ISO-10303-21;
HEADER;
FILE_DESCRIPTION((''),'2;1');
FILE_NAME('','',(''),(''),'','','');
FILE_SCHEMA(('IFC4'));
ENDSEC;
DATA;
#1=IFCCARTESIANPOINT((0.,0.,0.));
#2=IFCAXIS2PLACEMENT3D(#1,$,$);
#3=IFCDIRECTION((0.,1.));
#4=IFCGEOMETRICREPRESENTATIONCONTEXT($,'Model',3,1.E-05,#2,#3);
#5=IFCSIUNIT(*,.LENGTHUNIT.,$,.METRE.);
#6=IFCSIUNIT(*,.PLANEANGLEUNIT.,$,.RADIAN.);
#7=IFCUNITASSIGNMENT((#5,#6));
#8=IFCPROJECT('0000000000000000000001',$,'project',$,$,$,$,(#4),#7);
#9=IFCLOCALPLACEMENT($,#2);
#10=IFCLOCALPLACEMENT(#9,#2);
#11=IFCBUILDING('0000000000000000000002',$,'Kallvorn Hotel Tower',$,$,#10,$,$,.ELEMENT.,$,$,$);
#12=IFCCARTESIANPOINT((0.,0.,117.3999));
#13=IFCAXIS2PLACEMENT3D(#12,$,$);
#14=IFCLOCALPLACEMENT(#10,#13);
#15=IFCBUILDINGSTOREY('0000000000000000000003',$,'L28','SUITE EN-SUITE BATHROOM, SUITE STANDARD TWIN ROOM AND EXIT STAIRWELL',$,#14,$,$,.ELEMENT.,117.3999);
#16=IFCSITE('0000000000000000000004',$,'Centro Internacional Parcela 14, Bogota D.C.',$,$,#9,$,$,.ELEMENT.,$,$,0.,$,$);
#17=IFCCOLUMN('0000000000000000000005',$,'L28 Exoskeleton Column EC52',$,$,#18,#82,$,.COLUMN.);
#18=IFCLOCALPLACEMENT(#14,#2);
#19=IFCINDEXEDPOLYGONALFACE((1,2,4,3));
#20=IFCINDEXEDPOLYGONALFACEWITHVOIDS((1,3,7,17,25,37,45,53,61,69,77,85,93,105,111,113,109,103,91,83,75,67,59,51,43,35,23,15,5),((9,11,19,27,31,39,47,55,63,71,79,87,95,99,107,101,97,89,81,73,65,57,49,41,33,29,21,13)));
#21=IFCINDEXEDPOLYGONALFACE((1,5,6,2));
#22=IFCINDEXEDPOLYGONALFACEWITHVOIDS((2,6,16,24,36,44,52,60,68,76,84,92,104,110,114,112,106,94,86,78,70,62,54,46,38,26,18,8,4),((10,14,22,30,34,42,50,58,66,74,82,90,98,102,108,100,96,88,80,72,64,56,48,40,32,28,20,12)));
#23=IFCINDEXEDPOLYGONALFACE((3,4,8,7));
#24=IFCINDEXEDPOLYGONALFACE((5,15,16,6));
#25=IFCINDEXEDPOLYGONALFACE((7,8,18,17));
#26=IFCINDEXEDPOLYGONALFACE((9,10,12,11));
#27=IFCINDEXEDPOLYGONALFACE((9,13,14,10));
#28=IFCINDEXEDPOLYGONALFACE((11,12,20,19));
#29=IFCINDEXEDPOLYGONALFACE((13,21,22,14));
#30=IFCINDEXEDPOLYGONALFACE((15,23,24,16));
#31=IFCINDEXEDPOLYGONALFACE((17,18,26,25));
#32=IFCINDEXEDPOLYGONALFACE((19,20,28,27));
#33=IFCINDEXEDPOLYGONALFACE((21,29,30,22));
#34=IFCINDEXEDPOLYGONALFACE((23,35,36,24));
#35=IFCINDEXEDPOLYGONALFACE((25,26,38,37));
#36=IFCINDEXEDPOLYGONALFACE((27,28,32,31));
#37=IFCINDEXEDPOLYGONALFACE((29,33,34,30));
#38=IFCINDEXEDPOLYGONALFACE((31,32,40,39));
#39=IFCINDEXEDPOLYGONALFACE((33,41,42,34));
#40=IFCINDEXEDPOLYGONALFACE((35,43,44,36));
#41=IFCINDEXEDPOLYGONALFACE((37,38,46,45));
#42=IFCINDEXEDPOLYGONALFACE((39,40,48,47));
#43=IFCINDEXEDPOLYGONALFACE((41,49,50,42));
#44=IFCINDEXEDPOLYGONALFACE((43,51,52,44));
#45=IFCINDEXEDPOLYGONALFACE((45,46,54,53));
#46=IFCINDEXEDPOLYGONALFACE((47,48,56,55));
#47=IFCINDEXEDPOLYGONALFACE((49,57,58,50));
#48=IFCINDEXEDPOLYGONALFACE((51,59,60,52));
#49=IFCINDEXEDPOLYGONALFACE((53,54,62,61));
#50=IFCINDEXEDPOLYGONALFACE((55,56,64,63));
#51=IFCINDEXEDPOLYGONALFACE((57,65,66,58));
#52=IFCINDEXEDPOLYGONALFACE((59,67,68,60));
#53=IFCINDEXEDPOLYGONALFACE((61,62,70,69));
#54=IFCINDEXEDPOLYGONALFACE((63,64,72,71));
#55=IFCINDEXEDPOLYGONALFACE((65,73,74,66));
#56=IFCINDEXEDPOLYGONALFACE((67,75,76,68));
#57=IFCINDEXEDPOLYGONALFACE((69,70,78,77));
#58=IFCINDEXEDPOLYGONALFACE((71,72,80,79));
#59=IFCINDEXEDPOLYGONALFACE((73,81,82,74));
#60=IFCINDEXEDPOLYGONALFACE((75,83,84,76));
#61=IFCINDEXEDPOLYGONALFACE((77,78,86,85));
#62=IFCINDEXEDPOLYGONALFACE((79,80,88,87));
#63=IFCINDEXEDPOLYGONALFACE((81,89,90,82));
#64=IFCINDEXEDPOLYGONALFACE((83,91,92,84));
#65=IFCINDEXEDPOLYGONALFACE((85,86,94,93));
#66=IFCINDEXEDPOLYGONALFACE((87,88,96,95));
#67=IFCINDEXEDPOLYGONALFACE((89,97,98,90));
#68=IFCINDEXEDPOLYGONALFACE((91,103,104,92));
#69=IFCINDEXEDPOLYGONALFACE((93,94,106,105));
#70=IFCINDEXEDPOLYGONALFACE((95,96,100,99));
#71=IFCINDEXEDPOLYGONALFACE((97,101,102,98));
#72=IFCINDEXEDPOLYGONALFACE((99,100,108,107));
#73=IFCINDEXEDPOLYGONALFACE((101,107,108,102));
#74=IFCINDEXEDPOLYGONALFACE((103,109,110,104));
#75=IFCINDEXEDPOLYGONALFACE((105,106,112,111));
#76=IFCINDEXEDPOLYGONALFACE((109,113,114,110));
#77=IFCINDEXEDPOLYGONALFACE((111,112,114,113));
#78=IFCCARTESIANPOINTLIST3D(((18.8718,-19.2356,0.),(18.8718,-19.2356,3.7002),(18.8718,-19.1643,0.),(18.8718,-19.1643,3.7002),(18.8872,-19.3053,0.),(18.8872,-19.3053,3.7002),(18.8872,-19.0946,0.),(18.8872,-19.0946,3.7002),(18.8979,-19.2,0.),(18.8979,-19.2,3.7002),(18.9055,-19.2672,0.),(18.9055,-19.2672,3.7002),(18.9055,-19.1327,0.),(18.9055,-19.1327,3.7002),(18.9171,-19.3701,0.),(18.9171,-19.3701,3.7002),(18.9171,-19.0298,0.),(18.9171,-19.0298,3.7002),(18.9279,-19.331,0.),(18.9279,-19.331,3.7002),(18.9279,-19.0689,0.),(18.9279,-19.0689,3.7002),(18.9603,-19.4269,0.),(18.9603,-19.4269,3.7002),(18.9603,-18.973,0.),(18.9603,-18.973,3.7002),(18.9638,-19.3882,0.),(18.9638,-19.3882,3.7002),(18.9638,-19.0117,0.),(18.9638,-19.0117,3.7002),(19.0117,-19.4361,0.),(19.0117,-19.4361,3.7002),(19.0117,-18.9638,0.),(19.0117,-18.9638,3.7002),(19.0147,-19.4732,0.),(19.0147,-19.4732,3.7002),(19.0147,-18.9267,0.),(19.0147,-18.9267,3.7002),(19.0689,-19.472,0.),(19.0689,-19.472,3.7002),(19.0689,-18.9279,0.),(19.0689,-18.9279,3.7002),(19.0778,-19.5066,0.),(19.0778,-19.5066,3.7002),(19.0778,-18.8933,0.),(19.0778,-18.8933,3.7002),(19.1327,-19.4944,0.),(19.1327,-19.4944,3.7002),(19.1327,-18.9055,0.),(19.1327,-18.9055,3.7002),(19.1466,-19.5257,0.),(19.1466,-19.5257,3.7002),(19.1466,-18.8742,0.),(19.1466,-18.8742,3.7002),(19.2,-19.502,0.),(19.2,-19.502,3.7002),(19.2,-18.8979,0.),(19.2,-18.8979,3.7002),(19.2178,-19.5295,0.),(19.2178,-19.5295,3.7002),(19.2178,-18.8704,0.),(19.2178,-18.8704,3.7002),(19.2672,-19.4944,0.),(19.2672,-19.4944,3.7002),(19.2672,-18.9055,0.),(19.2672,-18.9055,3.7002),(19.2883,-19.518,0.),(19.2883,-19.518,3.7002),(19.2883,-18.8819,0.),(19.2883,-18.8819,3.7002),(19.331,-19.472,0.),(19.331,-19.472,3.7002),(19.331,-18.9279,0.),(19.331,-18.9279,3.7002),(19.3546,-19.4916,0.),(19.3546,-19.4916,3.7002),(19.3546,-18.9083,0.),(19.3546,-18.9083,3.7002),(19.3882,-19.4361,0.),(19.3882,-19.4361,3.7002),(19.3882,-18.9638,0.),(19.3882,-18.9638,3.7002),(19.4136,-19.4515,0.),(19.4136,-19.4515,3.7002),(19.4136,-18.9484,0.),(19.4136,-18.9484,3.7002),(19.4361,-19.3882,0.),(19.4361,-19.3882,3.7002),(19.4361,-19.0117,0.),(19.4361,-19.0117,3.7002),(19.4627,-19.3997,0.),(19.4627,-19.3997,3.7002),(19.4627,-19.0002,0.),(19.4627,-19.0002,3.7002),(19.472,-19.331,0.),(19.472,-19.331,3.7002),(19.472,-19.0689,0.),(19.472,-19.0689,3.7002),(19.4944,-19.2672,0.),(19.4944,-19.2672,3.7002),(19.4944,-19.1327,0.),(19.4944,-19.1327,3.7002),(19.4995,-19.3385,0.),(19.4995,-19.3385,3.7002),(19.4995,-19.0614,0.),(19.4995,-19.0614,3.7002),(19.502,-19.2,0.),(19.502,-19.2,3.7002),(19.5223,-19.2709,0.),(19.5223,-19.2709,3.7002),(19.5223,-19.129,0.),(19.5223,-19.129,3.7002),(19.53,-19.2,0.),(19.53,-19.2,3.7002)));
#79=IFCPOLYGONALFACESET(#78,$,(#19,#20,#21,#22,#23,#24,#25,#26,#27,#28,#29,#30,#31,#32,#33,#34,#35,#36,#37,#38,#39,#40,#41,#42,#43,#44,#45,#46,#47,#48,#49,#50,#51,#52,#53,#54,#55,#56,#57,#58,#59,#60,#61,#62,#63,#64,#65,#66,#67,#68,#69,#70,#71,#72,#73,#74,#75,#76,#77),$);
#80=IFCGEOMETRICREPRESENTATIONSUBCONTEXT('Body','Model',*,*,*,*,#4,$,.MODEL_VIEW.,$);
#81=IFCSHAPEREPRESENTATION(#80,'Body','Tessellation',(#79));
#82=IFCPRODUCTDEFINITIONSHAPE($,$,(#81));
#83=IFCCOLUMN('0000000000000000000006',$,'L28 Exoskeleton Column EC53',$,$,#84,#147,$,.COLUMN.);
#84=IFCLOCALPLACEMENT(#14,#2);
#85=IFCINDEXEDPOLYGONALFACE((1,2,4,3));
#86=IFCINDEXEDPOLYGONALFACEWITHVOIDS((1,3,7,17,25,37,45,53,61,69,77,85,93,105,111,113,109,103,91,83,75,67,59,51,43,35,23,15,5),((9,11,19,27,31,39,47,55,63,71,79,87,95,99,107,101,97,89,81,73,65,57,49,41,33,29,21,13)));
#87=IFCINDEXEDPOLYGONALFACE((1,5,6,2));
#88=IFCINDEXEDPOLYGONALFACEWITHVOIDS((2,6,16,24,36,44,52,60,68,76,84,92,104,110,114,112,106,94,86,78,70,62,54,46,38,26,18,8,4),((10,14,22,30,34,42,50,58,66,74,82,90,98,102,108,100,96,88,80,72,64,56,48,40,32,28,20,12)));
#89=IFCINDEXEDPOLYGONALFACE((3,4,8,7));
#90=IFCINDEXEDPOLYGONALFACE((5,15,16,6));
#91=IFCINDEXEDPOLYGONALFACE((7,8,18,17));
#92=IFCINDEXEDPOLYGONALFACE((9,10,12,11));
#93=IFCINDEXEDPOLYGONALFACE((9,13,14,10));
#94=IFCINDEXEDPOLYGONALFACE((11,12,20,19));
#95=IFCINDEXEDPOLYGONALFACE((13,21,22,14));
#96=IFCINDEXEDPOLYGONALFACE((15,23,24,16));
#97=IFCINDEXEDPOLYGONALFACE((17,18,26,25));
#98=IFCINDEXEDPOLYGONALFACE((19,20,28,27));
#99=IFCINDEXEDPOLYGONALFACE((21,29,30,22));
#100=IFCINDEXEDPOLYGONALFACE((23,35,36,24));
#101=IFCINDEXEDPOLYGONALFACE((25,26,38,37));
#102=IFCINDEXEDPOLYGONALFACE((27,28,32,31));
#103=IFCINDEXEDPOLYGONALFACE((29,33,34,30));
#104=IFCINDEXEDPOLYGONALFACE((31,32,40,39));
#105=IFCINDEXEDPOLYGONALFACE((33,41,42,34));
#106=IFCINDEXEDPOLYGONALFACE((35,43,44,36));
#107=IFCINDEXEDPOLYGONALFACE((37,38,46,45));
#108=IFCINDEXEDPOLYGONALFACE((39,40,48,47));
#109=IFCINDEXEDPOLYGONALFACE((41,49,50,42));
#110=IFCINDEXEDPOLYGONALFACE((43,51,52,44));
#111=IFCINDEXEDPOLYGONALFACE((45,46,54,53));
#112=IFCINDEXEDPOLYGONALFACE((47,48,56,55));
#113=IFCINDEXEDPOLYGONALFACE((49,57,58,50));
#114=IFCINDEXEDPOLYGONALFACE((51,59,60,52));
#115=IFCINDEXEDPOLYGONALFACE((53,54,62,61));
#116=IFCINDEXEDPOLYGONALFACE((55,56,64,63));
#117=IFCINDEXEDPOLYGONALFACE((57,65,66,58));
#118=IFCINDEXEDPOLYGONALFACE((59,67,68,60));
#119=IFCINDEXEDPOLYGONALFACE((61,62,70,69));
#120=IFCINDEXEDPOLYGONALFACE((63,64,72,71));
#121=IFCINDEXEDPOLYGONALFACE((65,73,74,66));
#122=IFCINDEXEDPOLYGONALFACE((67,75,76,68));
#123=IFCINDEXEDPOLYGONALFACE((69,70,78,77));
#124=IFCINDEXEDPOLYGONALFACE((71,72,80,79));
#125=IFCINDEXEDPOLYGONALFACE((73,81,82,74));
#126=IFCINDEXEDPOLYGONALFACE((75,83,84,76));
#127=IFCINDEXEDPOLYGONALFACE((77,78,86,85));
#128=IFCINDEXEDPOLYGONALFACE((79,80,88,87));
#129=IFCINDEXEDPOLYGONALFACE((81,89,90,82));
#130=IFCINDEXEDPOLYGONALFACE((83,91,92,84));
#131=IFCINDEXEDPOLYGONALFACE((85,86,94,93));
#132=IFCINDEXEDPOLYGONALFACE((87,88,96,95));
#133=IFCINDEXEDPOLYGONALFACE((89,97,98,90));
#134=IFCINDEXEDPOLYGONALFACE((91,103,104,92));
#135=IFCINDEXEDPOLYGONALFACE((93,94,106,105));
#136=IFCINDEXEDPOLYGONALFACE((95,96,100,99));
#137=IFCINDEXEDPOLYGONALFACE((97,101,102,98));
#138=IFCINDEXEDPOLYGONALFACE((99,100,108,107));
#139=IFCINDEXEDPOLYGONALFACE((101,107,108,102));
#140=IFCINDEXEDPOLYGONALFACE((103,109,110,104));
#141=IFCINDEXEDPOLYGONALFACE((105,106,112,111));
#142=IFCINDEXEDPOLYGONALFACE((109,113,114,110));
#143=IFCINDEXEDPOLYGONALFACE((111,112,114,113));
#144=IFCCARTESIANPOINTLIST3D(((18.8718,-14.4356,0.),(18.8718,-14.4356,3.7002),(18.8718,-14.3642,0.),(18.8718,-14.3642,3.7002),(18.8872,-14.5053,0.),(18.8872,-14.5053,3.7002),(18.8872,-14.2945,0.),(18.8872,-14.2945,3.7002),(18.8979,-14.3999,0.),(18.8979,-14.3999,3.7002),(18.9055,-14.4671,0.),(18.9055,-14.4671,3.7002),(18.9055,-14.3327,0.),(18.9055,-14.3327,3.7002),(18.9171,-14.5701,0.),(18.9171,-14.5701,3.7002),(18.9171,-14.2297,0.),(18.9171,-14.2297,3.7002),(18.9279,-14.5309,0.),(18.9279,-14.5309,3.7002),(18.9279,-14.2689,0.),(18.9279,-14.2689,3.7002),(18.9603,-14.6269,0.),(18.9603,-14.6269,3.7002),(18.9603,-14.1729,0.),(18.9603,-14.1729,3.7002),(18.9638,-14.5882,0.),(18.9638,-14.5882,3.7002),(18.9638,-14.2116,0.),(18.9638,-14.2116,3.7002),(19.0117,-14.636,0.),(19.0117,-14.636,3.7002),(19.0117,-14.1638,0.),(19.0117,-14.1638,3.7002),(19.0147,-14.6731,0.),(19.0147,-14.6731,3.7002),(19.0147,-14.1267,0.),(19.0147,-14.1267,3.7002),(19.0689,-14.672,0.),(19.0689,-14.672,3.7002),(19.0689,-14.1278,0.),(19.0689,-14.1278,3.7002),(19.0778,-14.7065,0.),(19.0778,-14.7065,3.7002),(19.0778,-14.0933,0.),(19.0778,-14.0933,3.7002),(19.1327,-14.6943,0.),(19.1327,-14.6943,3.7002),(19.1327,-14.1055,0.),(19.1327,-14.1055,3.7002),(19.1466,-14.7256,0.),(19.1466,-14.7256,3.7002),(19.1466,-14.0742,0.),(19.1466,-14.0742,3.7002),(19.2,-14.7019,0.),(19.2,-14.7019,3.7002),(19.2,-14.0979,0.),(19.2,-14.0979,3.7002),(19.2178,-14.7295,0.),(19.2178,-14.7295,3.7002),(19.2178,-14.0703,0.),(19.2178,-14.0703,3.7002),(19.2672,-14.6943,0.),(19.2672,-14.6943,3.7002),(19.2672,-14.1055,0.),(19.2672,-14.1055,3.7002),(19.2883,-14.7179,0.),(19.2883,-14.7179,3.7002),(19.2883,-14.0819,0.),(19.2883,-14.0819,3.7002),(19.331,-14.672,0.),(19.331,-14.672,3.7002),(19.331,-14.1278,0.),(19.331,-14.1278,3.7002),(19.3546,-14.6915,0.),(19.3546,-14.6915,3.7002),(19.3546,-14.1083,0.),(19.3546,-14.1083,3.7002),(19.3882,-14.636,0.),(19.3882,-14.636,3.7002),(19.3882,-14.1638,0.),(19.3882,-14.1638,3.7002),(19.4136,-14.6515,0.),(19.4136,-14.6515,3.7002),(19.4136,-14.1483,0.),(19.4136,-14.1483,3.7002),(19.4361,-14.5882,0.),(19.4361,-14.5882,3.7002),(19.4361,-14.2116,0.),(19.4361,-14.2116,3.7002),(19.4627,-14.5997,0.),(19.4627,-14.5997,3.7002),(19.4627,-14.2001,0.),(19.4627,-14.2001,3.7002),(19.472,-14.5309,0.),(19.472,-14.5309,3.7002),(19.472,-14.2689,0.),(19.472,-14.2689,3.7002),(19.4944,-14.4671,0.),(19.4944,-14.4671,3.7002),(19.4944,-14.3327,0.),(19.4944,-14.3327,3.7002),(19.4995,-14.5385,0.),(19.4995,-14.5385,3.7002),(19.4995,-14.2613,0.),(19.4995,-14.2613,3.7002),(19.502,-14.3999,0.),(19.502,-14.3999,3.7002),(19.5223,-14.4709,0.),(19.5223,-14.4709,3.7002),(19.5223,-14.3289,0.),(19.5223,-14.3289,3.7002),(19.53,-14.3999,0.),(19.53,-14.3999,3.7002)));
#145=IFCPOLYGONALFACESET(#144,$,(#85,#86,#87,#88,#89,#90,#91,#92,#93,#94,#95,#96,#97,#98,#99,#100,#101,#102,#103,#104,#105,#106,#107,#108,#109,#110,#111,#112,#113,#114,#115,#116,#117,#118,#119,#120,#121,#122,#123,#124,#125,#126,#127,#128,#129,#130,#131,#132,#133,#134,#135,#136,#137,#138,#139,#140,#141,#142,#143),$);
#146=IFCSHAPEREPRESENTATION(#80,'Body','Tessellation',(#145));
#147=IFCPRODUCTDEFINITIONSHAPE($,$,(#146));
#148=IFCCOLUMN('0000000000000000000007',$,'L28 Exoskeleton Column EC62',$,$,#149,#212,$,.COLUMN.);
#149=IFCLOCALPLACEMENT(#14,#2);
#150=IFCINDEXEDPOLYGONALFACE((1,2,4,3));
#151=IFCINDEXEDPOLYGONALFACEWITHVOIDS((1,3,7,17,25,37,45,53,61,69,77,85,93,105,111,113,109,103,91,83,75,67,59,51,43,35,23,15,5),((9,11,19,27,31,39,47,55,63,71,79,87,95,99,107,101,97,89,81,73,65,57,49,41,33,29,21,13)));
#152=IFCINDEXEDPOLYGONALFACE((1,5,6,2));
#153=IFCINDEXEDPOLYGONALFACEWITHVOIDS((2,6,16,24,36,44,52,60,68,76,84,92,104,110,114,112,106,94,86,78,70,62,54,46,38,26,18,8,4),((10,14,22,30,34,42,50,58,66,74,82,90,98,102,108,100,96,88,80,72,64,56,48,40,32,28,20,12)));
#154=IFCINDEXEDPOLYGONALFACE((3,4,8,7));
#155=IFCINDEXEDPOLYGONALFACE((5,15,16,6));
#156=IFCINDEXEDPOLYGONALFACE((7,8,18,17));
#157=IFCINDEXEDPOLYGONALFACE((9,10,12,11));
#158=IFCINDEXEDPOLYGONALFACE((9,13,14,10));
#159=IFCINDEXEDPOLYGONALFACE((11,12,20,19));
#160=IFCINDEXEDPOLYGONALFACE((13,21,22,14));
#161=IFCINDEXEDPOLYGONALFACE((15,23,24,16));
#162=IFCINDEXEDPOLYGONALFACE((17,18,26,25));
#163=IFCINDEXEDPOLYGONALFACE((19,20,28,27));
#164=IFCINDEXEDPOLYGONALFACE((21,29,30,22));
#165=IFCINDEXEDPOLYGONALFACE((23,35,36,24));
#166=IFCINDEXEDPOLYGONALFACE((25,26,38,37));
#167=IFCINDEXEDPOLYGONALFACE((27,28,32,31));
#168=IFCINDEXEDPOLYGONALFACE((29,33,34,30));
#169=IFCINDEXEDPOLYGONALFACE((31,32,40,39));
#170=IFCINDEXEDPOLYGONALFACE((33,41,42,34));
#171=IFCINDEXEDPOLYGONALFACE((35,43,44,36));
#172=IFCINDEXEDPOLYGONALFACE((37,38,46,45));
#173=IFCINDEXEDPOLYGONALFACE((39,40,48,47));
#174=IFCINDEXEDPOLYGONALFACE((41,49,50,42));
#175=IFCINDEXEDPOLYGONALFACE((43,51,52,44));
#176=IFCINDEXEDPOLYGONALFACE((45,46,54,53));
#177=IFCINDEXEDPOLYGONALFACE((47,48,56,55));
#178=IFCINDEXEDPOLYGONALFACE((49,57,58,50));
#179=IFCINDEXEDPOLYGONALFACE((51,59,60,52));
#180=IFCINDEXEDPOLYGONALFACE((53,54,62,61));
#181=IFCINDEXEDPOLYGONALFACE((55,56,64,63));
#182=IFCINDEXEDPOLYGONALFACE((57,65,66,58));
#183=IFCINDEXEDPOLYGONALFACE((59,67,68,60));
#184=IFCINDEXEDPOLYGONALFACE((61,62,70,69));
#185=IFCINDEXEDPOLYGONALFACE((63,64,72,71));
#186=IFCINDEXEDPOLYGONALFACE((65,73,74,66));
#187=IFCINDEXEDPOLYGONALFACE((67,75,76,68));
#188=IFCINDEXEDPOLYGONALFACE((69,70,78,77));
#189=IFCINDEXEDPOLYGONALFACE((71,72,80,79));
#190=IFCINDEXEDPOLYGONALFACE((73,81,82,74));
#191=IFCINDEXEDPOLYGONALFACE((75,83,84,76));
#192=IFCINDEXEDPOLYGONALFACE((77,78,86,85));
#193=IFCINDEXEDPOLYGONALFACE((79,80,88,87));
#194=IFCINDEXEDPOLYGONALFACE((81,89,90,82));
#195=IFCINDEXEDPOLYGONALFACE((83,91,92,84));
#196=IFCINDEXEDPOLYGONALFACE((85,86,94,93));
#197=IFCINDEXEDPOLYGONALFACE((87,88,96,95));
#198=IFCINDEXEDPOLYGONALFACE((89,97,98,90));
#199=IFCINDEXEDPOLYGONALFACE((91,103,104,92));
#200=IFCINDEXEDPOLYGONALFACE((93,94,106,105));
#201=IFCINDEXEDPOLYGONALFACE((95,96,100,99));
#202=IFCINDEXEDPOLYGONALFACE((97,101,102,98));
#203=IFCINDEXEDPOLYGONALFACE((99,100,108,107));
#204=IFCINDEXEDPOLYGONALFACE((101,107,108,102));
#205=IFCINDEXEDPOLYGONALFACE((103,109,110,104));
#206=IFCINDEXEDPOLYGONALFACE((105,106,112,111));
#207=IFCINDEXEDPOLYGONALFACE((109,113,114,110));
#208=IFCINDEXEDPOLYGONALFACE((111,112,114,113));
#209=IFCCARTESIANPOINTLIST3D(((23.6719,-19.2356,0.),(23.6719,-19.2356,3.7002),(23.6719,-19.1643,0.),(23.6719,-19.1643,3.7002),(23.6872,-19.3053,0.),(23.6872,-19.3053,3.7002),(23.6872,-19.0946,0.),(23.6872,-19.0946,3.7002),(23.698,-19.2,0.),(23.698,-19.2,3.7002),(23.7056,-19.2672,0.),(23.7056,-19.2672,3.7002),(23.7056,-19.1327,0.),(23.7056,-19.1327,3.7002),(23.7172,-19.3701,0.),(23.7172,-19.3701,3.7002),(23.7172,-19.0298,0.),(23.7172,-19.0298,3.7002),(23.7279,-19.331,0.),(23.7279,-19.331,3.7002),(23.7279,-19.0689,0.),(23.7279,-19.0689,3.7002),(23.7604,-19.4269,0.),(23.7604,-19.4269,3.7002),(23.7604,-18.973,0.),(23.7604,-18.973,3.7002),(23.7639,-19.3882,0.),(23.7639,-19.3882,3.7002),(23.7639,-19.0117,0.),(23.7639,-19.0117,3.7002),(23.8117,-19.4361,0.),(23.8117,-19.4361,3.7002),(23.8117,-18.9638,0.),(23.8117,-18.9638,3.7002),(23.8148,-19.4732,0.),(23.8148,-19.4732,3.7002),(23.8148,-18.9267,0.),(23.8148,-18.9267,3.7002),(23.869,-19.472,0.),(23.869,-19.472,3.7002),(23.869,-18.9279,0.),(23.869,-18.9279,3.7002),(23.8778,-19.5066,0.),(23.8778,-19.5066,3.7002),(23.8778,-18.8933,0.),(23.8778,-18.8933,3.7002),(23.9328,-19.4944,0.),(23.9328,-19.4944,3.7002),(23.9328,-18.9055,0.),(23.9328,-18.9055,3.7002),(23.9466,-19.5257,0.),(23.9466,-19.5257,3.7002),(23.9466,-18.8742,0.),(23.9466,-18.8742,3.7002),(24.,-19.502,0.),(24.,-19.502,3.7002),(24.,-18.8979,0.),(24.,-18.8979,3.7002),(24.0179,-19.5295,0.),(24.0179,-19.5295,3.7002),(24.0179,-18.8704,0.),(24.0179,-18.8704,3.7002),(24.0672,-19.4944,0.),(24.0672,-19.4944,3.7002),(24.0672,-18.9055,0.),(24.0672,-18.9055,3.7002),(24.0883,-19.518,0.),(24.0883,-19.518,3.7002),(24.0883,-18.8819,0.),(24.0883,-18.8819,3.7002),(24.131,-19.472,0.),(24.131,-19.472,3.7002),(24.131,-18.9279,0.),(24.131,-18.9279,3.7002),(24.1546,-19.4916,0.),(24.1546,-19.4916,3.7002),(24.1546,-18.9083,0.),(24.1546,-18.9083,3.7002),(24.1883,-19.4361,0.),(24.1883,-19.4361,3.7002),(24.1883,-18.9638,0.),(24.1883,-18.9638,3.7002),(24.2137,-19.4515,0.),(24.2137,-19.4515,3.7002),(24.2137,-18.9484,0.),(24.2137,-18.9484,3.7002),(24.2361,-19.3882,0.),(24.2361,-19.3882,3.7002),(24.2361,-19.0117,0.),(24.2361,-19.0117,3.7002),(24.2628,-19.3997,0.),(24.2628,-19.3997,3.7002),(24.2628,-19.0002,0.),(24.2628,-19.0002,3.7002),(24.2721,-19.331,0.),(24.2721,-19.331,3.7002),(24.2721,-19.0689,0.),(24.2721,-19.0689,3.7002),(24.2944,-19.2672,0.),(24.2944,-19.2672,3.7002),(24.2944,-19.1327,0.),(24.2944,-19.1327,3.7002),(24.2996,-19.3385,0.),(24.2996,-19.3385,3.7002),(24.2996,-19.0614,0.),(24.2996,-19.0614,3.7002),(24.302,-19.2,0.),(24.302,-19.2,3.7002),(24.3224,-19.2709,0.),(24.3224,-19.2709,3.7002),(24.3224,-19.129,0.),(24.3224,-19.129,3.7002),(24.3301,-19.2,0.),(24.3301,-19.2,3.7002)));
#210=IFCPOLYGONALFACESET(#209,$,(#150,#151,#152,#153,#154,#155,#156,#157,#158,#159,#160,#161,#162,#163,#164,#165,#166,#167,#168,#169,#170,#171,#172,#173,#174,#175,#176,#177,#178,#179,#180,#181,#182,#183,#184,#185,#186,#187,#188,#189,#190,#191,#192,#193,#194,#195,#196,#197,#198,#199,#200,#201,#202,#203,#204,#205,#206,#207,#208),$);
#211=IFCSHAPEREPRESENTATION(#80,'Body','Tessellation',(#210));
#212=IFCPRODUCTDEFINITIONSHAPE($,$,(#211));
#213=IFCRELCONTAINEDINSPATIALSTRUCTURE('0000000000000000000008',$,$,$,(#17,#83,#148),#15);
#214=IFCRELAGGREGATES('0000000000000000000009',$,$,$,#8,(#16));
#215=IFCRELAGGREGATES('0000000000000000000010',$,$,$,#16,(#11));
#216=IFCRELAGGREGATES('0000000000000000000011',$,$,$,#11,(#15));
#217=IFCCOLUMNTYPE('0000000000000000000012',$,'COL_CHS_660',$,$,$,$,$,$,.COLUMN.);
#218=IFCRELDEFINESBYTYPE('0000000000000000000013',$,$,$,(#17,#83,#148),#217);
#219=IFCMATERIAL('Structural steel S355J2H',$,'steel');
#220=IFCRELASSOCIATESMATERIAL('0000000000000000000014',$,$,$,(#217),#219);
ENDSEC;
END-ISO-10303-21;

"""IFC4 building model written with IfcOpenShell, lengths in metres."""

from ifc_helpers import new_model, si_unit, direction, frame, origin, origin_2d, place, context, subcontext, project, spatial, hollow_circle, extrude, material, material_profile, profile_set, type_object, element, save


model = new_model("IFC4")

# Units and contexts
model_context = context("Model", 3, precision=1e-05, world=origin(), true_north=direction((0.0, 1.0)))
body_context = subcontext(model_context, "Body", "Model", "MODEL_VIEW")
ifc_project = project(units=[si_unit("LENGTHUNIT", "METRE"), si_unit("PLANEANGLEUNIT", "RADIAN")], contexts=[model_context])

# Site, building, storey
site_placement = place(None, origin())
site = spatial("IfcSite", under=ifc_project, at=site_placement, Name="Centro Internacional Parcela 14, Bogota D.C.", CompositionType="ELEMENT", RefElevation=0.0)
building_placement = place(site_placement, origin())
building = spatial("IfcBuilding", under=site, at=building_placement, Name="Kallvorn Hotel Tower", CompositionType="ELEMENT")
storey_placement = place(building_placement, frame((0.0, 0.0, 117.3999)))
storey = spatial("IfcBuildingStorey", under=building, at=storey_placement, Name="L28", Description="SUITE EN-SUITE BATHROOM, SUITE STANDARD TWIN ROOM AND EXIT STAIRWELL", CompositionType="ELEMENT", Elevation=117.3999)

# Columns
ifc_material_1 = material(Name="Structural steel S355J2H", Category="steel")
ifc_material_profile_1 = material_profile(ifc_material_1, hollow_circle(Radius=0.3301, WallThickness=0.0281, at=origin_2d()), Name="CHS 660x28")
ifc_profile_set_1 = profile_set([ifc_material_profile_1], Name="Structural steel S355J2H")
column_type_1 = type_object("IfcColumnType", Name="COL_CHS_660", PredefinedType="COLUMN", material=ifc_profile_set_1)
for number, where, z_axis, x_axis, name in (
    (1, (19.2, -19.2, 0.0), (0.0, 0.0, 1.0), (1.0, 0.0, 0.0), "L28 Exoskeleton Column EC52"),
    (2, (19.2, -14.3999, 0.0), (0.0, 0.0, 1.0), (1.0, 0.0, 0.0), "L28 Exoskeleton Column EC53"),
    (3, (24.0, -19.2, 0.0), (0.0, 0.0, 1.0), (1.0, 0.0, 0.0), "L28 Exoskeleton Column EC62"),
):
    element("IfcColumn", number, at=place(storey_placement, frame(where, z_axis=z_axis, x_axis=x_axis)), inside=storey, type_object=column_type_1, Name=name, PredefinedType="COLUMN", context=body_context, shape_type="SweptSolid", body=[
        extrude(hollow_circle(Radius=0.3301, WallThickness=0.0281, at=origin_2d()), origin(), (0.0, 0.0, 1.0), 3.7002),
    ])

save(model, "model.ifc")
